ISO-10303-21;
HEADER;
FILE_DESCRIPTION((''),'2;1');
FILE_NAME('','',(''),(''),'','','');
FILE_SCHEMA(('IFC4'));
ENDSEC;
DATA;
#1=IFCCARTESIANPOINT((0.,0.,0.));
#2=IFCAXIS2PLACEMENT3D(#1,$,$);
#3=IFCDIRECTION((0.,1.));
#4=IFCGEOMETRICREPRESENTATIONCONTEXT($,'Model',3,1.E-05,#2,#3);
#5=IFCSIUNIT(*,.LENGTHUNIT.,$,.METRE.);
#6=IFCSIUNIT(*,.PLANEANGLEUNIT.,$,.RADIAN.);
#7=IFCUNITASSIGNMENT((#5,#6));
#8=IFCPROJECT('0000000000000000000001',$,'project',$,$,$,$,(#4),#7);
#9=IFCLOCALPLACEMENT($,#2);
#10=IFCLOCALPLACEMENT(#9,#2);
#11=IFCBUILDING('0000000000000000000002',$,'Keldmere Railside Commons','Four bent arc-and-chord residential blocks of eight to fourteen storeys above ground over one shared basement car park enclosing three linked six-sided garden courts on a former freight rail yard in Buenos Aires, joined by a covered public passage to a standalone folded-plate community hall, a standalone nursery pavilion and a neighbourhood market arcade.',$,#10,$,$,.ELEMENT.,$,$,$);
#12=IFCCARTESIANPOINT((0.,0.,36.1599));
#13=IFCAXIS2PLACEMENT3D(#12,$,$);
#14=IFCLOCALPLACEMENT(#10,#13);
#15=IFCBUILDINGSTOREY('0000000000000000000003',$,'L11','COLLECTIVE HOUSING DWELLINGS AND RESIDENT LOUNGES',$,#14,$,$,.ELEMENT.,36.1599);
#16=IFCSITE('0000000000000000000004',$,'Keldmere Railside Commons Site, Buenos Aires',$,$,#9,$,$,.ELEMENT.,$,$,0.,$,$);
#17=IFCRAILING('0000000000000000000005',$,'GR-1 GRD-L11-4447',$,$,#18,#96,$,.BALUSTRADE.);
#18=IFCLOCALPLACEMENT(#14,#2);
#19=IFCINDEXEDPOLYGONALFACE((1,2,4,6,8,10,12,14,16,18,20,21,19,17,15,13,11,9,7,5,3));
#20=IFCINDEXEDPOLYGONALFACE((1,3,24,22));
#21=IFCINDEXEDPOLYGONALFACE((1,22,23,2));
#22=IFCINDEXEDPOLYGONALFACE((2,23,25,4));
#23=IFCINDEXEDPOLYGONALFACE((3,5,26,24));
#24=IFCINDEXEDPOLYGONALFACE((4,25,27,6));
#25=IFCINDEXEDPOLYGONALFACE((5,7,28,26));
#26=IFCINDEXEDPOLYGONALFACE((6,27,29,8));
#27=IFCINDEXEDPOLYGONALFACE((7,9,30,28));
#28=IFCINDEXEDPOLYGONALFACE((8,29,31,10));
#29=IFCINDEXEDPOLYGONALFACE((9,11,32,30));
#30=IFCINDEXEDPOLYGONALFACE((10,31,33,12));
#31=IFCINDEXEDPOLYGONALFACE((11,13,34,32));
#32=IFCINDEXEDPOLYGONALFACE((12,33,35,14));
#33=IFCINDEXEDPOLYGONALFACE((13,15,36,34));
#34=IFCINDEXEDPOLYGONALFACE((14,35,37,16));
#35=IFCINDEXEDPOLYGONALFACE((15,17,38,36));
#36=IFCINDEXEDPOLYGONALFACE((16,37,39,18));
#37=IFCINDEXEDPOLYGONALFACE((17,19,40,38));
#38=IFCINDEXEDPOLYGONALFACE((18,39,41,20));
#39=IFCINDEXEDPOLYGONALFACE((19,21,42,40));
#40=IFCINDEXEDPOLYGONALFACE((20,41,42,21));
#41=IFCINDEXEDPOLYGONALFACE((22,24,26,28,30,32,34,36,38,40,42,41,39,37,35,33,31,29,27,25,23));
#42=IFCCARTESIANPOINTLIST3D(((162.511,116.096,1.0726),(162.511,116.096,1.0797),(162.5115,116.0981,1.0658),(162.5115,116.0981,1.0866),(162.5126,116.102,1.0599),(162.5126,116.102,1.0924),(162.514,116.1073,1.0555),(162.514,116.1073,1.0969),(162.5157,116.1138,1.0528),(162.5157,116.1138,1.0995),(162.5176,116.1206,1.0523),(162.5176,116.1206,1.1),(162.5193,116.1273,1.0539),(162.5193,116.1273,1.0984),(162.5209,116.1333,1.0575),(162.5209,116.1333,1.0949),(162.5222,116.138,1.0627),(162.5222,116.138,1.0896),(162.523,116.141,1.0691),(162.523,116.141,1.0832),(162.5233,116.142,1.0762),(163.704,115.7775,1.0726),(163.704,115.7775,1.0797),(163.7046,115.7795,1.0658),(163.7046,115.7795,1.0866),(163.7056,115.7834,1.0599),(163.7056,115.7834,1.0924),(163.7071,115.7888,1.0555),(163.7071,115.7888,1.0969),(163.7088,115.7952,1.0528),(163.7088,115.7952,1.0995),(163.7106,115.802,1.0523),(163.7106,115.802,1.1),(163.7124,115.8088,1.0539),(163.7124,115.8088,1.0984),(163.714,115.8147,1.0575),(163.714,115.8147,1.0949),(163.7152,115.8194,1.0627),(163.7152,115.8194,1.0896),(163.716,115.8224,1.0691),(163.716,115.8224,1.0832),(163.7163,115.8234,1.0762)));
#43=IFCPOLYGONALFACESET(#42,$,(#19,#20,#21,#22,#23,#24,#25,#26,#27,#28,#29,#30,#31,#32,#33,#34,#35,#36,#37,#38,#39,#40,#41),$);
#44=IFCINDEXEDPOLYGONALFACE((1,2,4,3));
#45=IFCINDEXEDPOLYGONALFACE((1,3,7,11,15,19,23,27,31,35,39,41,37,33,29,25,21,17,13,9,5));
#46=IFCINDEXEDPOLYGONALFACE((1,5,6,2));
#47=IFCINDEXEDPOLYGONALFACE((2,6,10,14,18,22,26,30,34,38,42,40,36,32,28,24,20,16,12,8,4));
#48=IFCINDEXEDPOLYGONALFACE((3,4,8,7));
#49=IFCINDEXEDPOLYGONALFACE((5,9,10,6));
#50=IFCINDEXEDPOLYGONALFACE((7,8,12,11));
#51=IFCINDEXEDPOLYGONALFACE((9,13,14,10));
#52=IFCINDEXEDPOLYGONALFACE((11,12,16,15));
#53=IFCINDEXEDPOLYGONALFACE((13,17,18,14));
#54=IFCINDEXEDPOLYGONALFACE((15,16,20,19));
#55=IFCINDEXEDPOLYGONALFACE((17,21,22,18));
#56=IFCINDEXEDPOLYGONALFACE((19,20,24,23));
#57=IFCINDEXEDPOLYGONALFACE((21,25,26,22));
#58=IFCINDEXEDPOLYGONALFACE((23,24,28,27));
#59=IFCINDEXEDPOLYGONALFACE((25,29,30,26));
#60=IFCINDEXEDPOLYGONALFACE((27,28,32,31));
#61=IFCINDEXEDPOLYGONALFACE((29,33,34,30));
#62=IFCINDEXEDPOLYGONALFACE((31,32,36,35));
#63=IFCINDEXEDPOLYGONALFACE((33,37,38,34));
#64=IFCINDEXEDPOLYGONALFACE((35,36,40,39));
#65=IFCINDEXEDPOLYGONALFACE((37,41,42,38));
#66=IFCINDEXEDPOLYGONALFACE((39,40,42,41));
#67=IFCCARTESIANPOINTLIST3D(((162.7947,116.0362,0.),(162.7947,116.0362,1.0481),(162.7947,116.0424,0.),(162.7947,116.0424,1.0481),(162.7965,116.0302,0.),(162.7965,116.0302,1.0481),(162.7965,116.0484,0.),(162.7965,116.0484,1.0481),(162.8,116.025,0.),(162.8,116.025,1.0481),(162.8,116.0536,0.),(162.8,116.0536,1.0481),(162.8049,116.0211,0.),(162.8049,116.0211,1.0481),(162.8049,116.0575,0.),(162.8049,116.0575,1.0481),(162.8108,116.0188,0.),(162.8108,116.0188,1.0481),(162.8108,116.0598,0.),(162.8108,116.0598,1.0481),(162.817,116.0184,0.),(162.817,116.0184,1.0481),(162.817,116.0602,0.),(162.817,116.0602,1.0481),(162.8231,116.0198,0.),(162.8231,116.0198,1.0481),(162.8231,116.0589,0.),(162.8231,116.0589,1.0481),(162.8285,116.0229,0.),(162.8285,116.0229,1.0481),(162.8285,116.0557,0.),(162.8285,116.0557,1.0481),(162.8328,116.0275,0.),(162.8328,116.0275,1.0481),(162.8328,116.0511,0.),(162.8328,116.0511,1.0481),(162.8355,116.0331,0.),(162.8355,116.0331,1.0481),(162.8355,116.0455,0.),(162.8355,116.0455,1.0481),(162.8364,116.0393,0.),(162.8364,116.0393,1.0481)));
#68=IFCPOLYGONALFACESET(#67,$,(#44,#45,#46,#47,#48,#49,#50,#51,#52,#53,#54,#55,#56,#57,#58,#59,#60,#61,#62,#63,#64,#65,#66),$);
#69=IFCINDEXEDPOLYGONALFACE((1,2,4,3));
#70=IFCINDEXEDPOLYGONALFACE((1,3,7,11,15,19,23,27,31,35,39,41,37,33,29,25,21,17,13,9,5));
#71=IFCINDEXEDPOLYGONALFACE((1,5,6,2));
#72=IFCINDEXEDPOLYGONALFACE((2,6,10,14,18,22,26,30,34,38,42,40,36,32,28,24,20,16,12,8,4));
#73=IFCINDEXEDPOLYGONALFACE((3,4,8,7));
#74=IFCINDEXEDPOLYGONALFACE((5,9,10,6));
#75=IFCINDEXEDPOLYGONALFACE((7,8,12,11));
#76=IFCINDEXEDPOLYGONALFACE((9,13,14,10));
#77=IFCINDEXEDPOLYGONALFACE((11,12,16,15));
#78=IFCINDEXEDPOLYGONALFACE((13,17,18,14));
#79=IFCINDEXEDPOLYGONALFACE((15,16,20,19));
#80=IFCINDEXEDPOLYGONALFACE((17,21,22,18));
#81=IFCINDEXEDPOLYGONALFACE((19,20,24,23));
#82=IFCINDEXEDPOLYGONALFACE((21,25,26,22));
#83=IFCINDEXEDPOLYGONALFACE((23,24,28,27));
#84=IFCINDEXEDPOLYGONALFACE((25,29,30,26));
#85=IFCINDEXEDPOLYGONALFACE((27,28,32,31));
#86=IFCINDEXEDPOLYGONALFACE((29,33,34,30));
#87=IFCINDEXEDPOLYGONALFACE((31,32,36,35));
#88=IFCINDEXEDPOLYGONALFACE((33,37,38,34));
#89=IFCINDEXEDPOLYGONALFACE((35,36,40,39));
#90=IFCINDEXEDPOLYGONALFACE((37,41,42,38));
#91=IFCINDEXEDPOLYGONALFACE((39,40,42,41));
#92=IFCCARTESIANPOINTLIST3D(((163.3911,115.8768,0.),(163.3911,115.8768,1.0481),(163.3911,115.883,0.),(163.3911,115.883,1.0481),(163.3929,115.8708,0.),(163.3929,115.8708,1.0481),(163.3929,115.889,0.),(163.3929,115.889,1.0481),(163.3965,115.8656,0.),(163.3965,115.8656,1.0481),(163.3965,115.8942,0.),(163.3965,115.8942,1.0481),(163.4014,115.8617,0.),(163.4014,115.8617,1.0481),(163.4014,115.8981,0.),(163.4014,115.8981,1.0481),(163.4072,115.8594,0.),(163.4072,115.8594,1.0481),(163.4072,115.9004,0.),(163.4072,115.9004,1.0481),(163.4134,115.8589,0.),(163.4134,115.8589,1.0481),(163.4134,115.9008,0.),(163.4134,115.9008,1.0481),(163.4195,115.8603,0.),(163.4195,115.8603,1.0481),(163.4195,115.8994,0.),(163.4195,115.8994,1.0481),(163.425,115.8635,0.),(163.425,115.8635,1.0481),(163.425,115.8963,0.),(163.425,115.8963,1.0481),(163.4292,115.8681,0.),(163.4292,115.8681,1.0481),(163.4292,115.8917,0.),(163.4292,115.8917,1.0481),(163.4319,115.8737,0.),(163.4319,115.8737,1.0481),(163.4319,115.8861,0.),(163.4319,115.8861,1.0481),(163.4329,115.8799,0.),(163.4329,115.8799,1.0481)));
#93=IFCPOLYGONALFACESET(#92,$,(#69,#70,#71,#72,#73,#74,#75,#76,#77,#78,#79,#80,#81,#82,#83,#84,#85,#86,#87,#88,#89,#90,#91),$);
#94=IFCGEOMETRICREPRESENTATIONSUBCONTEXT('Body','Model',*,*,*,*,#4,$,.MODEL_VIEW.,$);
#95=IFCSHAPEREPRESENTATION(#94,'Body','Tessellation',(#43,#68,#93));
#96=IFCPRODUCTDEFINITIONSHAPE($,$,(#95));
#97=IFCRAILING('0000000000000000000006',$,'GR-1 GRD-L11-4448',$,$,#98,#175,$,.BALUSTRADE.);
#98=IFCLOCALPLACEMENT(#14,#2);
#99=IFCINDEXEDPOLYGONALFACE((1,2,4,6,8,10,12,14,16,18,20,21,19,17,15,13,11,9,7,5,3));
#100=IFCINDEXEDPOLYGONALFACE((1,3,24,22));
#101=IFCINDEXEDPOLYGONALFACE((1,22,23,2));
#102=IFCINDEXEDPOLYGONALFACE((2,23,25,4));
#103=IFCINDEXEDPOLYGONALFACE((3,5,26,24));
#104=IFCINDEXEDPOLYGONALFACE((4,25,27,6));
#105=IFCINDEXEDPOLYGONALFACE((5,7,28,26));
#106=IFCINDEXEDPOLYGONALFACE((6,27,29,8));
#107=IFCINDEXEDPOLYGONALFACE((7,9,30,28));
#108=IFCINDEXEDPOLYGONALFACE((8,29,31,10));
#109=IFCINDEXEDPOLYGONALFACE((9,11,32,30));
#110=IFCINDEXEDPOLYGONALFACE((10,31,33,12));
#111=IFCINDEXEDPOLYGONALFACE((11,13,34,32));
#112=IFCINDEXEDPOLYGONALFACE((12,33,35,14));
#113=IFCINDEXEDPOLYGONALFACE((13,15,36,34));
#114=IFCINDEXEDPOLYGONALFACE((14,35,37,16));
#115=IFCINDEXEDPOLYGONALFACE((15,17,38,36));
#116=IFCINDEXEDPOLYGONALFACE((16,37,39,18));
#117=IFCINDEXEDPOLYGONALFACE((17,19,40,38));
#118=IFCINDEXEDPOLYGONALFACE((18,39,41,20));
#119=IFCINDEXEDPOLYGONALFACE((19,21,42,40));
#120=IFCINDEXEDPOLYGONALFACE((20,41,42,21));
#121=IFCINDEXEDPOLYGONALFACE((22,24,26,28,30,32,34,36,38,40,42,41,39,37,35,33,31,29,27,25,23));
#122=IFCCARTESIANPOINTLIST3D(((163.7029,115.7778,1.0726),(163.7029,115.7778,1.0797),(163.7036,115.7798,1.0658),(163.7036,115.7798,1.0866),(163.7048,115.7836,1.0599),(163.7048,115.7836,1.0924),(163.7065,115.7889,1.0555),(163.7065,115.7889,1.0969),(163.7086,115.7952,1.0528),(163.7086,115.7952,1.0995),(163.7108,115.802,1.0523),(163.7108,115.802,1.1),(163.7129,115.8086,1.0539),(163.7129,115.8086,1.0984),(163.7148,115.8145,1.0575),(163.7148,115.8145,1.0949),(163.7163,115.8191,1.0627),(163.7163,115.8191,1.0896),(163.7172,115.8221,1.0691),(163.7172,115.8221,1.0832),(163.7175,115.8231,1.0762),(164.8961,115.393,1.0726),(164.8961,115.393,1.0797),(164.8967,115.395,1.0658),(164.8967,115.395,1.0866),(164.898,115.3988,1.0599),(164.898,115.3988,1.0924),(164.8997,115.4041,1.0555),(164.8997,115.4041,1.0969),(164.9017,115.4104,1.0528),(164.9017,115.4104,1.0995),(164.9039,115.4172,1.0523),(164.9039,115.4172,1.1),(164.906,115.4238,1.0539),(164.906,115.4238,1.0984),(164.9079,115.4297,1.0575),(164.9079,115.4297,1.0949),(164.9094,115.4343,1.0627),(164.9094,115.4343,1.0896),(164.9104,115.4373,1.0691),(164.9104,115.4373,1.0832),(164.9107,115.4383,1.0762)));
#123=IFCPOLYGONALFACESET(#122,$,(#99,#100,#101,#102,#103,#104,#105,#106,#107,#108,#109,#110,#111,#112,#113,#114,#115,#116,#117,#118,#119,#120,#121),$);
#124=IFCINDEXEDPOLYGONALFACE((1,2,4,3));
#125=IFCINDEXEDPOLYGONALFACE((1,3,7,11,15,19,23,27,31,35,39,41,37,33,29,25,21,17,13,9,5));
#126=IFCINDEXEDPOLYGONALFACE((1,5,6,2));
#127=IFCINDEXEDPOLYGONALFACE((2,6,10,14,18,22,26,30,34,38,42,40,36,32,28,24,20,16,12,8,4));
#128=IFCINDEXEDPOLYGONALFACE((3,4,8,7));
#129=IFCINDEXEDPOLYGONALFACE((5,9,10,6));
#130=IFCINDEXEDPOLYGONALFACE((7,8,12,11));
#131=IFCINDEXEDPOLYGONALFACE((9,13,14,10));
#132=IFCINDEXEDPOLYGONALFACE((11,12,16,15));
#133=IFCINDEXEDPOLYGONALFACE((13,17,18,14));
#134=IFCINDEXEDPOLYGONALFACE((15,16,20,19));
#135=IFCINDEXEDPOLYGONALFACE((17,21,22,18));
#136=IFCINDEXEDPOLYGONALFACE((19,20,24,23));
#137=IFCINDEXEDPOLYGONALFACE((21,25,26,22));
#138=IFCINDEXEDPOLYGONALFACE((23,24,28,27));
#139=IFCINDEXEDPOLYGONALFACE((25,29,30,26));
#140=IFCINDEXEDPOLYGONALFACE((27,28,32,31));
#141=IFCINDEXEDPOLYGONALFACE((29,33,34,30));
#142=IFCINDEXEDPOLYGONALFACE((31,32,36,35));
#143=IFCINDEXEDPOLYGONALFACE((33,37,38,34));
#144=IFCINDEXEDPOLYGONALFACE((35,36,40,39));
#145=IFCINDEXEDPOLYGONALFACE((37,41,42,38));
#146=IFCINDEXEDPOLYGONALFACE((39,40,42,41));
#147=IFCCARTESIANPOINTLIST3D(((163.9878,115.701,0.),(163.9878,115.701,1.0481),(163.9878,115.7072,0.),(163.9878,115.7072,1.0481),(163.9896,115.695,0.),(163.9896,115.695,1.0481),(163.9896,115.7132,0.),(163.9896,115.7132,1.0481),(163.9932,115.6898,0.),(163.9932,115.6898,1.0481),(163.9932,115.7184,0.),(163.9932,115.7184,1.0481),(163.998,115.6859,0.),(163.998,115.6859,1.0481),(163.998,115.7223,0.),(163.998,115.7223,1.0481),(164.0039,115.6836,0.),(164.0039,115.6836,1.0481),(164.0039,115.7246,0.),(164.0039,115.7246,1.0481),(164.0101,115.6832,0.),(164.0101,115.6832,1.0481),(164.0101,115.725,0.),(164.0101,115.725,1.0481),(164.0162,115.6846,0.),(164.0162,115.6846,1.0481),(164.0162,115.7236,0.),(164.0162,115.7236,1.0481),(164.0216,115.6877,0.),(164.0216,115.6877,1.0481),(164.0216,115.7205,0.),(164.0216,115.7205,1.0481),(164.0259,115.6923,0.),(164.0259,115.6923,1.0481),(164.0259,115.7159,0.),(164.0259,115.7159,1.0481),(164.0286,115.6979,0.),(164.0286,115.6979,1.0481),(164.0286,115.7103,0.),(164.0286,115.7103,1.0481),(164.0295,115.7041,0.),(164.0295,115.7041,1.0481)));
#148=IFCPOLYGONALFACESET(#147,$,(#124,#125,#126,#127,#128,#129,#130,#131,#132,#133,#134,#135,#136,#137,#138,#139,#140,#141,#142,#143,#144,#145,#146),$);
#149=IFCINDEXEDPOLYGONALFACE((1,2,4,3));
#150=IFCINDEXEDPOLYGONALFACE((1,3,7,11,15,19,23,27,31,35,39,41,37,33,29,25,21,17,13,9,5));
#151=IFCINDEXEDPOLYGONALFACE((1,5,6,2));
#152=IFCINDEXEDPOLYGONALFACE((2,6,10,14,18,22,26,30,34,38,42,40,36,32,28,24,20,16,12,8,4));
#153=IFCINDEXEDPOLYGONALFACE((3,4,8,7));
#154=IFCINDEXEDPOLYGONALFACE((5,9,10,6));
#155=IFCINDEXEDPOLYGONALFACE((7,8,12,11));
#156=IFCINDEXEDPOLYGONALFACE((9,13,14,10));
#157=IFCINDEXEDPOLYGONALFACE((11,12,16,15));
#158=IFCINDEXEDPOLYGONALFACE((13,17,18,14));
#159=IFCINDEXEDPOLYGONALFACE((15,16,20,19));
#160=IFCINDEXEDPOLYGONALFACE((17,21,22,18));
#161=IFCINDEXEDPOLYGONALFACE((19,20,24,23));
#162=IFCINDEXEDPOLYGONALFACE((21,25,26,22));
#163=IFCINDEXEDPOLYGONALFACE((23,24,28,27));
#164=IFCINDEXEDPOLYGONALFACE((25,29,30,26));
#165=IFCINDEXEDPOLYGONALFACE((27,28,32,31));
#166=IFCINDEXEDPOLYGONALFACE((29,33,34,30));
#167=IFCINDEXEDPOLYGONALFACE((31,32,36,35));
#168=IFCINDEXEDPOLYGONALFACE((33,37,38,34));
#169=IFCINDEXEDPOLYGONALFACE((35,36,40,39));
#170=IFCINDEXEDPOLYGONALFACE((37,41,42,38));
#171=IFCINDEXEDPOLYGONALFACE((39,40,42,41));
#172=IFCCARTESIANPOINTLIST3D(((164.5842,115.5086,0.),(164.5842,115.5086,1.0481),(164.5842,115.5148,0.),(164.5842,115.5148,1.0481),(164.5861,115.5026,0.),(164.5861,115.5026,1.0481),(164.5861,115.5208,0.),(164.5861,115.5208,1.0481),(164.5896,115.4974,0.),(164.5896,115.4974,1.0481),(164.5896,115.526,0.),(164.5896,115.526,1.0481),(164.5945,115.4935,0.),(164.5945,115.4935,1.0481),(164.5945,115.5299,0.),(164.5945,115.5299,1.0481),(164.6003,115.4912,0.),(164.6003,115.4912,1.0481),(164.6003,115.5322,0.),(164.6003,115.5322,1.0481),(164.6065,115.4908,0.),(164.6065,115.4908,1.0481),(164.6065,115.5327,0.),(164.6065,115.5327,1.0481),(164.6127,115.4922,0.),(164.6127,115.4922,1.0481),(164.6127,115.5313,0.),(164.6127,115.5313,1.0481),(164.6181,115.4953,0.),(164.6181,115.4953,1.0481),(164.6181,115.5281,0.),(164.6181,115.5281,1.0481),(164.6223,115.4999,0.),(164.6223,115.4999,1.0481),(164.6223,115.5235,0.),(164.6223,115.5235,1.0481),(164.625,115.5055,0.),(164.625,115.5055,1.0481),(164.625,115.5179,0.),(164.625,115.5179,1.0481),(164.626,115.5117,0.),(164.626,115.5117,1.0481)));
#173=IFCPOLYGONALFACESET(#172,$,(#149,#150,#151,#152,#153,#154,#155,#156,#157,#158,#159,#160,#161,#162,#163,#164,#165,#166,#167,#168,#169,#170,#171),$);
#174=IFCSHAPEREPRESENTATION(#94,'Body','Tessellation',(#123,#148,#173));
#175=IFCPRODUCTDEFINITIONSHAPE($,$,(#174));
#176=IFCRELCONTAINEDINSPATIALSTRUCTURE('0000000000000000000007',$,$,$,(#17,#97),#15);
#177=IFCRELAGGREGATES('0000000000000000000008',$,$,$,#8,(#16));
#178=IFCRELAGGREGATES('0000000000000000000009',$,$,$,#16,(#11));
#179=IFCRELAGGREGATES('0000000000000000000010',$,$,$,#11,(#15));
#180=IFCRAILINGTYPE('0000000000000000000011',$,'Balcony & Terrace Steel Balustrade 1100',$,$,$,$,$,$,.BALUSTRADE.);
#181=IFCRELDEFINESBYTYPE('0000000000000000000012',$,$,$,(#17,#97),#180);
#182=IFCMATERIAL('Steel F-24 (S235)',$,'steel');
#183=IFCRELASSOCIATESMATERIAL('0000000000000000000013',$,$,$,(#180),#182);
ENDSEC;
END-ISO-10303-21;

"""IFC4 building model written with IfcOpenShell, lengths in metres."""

from ifc_helpers import new_model, si_unit, direction, frame, origin, origin_2d, place, context, subcontext, project, spatial, circle, extrude, material, type_object, element, save


model = new_model("IFC4")

# Units and contexts
model_context = context("Model", 3, precision=1e-05, world=origin(), true_north=direction((0.0, 1.0)))
body_context = subcontext(model_context, "Body", "Model", "MODEL_VIEW")
ifc_project = project(units=[si_unit("LENGTHUNIT", "METRE"), si_unit("PLANEANGLEUNIT", "RADIAN")], contexts=[model_context])

# Site, building, storey
site_placement = place(None, origin())
site = spatial("IfcSite", under=ifc_project, at=site_placement, Name="Keldmere Railside Commons Site, Buenos Aires", CompositionType="ELEMENT", RefElevation=0.0)
building_placement = place(site_placement, origin())
building = spatial("IfcBuilding", under=site, at=building_placement, Name="Keldmere Railside Commons", Description="Four bent arc-and-chord residential blocks of eight to fourteen storeys above ground over one shared basement car park enclosing three linked six-sided garden courts on a former freight rail yard in Buenos Aires, joined by a covered public passage to a standalone folded-plate community hall, a standalone nursery pavilion and a neighbourhood market arcade.", CompositionType="ELEMENT")
storey_placement = place(building_placement, frame((0.0, 0.0, 36.1599)))
storey = spatial("IfcBuildingStorey", under=building, at=storey_placement, Name="L11", Description="COLLECTIVE HOUSING DWELLINGS AND RESIDENT LOUNGES", CompositionType="ELEMENT", Elevation=36.1599)

# Railings
ifc_material_1 = material(Name="Steel F-24 (S235)", Category="steel")
railing_type = type_object("IfcRailingType", Name="Balcony & Terrace Steel Balustrade 1100", PredefinedType="BALUSTRADE", material=ifc_material_1)
railing_1_placement = place(storey_placement, frame((162.5171, 116.1189, 0.0)))
element("IfcRailing", 1, at=railing_1_placement, inside=storey, type_object=railing_type, Name="GR-1 GRD-L11-4447", PredefinedType="BALUSTRADE", context=body_context, shape_type="SweptSolid", body=[
    extrude(circle(Radius=0.0239, at=origin_2d()), frame((0.0, 0.0, 1.0762), z_axis=(0.966146, -0.257995, 0.0), x_axis=(0.257995, 0.966146, 0.0)), (0.0, 0.0, 1.0), 1.2349),
    extrude(circle(Radius=0.021, at=origin_2d()), frame((0.2983, -0.0796, 0.0)), (0.0, 0.0, 1.0), 1.0481),
    extrude(circle(Radius=0.021, at=origin_2d()), frame((0.8948, -0.239, 0.0)), (0.0, 0.0, 1.0), 1.0481),
])
railing_2_placement = place(storey_placement, frame((163.7102, 115.8003, 0.0)))
element("IfcRailing", 2, at=railing_2_placement, inside=storey, type_object=railing_type, Name="GR-1 GRD-L11-4448", PredefinedType="BALUSTRADE", context=body_context, shape_type="SweptSolid", body=[
    extrude(circle(Radius=0.0239, at=origin_2d()), frame((0.0, 0.0, 1.0762), z_axis=(0.951734, -0.306923, 0.0), x_axis=(0.306923, 0.951734, 0.0)), (0.0, 0.0, 1.0), 1.2537),
    extrude(circle(Radius=0.021, at=origin_2d()), frame((0.2983, -0.0962, 0.0)), (0.0, 0.0, 1.0), 1.0481),
    extrude(circle(Radius=0.021, at=origin_2d()), frame((0.8948, -0.2886, 0.0)), (0.0, 0.0, 1.0), 1.0481),
])

save(model, "model.ifc")
